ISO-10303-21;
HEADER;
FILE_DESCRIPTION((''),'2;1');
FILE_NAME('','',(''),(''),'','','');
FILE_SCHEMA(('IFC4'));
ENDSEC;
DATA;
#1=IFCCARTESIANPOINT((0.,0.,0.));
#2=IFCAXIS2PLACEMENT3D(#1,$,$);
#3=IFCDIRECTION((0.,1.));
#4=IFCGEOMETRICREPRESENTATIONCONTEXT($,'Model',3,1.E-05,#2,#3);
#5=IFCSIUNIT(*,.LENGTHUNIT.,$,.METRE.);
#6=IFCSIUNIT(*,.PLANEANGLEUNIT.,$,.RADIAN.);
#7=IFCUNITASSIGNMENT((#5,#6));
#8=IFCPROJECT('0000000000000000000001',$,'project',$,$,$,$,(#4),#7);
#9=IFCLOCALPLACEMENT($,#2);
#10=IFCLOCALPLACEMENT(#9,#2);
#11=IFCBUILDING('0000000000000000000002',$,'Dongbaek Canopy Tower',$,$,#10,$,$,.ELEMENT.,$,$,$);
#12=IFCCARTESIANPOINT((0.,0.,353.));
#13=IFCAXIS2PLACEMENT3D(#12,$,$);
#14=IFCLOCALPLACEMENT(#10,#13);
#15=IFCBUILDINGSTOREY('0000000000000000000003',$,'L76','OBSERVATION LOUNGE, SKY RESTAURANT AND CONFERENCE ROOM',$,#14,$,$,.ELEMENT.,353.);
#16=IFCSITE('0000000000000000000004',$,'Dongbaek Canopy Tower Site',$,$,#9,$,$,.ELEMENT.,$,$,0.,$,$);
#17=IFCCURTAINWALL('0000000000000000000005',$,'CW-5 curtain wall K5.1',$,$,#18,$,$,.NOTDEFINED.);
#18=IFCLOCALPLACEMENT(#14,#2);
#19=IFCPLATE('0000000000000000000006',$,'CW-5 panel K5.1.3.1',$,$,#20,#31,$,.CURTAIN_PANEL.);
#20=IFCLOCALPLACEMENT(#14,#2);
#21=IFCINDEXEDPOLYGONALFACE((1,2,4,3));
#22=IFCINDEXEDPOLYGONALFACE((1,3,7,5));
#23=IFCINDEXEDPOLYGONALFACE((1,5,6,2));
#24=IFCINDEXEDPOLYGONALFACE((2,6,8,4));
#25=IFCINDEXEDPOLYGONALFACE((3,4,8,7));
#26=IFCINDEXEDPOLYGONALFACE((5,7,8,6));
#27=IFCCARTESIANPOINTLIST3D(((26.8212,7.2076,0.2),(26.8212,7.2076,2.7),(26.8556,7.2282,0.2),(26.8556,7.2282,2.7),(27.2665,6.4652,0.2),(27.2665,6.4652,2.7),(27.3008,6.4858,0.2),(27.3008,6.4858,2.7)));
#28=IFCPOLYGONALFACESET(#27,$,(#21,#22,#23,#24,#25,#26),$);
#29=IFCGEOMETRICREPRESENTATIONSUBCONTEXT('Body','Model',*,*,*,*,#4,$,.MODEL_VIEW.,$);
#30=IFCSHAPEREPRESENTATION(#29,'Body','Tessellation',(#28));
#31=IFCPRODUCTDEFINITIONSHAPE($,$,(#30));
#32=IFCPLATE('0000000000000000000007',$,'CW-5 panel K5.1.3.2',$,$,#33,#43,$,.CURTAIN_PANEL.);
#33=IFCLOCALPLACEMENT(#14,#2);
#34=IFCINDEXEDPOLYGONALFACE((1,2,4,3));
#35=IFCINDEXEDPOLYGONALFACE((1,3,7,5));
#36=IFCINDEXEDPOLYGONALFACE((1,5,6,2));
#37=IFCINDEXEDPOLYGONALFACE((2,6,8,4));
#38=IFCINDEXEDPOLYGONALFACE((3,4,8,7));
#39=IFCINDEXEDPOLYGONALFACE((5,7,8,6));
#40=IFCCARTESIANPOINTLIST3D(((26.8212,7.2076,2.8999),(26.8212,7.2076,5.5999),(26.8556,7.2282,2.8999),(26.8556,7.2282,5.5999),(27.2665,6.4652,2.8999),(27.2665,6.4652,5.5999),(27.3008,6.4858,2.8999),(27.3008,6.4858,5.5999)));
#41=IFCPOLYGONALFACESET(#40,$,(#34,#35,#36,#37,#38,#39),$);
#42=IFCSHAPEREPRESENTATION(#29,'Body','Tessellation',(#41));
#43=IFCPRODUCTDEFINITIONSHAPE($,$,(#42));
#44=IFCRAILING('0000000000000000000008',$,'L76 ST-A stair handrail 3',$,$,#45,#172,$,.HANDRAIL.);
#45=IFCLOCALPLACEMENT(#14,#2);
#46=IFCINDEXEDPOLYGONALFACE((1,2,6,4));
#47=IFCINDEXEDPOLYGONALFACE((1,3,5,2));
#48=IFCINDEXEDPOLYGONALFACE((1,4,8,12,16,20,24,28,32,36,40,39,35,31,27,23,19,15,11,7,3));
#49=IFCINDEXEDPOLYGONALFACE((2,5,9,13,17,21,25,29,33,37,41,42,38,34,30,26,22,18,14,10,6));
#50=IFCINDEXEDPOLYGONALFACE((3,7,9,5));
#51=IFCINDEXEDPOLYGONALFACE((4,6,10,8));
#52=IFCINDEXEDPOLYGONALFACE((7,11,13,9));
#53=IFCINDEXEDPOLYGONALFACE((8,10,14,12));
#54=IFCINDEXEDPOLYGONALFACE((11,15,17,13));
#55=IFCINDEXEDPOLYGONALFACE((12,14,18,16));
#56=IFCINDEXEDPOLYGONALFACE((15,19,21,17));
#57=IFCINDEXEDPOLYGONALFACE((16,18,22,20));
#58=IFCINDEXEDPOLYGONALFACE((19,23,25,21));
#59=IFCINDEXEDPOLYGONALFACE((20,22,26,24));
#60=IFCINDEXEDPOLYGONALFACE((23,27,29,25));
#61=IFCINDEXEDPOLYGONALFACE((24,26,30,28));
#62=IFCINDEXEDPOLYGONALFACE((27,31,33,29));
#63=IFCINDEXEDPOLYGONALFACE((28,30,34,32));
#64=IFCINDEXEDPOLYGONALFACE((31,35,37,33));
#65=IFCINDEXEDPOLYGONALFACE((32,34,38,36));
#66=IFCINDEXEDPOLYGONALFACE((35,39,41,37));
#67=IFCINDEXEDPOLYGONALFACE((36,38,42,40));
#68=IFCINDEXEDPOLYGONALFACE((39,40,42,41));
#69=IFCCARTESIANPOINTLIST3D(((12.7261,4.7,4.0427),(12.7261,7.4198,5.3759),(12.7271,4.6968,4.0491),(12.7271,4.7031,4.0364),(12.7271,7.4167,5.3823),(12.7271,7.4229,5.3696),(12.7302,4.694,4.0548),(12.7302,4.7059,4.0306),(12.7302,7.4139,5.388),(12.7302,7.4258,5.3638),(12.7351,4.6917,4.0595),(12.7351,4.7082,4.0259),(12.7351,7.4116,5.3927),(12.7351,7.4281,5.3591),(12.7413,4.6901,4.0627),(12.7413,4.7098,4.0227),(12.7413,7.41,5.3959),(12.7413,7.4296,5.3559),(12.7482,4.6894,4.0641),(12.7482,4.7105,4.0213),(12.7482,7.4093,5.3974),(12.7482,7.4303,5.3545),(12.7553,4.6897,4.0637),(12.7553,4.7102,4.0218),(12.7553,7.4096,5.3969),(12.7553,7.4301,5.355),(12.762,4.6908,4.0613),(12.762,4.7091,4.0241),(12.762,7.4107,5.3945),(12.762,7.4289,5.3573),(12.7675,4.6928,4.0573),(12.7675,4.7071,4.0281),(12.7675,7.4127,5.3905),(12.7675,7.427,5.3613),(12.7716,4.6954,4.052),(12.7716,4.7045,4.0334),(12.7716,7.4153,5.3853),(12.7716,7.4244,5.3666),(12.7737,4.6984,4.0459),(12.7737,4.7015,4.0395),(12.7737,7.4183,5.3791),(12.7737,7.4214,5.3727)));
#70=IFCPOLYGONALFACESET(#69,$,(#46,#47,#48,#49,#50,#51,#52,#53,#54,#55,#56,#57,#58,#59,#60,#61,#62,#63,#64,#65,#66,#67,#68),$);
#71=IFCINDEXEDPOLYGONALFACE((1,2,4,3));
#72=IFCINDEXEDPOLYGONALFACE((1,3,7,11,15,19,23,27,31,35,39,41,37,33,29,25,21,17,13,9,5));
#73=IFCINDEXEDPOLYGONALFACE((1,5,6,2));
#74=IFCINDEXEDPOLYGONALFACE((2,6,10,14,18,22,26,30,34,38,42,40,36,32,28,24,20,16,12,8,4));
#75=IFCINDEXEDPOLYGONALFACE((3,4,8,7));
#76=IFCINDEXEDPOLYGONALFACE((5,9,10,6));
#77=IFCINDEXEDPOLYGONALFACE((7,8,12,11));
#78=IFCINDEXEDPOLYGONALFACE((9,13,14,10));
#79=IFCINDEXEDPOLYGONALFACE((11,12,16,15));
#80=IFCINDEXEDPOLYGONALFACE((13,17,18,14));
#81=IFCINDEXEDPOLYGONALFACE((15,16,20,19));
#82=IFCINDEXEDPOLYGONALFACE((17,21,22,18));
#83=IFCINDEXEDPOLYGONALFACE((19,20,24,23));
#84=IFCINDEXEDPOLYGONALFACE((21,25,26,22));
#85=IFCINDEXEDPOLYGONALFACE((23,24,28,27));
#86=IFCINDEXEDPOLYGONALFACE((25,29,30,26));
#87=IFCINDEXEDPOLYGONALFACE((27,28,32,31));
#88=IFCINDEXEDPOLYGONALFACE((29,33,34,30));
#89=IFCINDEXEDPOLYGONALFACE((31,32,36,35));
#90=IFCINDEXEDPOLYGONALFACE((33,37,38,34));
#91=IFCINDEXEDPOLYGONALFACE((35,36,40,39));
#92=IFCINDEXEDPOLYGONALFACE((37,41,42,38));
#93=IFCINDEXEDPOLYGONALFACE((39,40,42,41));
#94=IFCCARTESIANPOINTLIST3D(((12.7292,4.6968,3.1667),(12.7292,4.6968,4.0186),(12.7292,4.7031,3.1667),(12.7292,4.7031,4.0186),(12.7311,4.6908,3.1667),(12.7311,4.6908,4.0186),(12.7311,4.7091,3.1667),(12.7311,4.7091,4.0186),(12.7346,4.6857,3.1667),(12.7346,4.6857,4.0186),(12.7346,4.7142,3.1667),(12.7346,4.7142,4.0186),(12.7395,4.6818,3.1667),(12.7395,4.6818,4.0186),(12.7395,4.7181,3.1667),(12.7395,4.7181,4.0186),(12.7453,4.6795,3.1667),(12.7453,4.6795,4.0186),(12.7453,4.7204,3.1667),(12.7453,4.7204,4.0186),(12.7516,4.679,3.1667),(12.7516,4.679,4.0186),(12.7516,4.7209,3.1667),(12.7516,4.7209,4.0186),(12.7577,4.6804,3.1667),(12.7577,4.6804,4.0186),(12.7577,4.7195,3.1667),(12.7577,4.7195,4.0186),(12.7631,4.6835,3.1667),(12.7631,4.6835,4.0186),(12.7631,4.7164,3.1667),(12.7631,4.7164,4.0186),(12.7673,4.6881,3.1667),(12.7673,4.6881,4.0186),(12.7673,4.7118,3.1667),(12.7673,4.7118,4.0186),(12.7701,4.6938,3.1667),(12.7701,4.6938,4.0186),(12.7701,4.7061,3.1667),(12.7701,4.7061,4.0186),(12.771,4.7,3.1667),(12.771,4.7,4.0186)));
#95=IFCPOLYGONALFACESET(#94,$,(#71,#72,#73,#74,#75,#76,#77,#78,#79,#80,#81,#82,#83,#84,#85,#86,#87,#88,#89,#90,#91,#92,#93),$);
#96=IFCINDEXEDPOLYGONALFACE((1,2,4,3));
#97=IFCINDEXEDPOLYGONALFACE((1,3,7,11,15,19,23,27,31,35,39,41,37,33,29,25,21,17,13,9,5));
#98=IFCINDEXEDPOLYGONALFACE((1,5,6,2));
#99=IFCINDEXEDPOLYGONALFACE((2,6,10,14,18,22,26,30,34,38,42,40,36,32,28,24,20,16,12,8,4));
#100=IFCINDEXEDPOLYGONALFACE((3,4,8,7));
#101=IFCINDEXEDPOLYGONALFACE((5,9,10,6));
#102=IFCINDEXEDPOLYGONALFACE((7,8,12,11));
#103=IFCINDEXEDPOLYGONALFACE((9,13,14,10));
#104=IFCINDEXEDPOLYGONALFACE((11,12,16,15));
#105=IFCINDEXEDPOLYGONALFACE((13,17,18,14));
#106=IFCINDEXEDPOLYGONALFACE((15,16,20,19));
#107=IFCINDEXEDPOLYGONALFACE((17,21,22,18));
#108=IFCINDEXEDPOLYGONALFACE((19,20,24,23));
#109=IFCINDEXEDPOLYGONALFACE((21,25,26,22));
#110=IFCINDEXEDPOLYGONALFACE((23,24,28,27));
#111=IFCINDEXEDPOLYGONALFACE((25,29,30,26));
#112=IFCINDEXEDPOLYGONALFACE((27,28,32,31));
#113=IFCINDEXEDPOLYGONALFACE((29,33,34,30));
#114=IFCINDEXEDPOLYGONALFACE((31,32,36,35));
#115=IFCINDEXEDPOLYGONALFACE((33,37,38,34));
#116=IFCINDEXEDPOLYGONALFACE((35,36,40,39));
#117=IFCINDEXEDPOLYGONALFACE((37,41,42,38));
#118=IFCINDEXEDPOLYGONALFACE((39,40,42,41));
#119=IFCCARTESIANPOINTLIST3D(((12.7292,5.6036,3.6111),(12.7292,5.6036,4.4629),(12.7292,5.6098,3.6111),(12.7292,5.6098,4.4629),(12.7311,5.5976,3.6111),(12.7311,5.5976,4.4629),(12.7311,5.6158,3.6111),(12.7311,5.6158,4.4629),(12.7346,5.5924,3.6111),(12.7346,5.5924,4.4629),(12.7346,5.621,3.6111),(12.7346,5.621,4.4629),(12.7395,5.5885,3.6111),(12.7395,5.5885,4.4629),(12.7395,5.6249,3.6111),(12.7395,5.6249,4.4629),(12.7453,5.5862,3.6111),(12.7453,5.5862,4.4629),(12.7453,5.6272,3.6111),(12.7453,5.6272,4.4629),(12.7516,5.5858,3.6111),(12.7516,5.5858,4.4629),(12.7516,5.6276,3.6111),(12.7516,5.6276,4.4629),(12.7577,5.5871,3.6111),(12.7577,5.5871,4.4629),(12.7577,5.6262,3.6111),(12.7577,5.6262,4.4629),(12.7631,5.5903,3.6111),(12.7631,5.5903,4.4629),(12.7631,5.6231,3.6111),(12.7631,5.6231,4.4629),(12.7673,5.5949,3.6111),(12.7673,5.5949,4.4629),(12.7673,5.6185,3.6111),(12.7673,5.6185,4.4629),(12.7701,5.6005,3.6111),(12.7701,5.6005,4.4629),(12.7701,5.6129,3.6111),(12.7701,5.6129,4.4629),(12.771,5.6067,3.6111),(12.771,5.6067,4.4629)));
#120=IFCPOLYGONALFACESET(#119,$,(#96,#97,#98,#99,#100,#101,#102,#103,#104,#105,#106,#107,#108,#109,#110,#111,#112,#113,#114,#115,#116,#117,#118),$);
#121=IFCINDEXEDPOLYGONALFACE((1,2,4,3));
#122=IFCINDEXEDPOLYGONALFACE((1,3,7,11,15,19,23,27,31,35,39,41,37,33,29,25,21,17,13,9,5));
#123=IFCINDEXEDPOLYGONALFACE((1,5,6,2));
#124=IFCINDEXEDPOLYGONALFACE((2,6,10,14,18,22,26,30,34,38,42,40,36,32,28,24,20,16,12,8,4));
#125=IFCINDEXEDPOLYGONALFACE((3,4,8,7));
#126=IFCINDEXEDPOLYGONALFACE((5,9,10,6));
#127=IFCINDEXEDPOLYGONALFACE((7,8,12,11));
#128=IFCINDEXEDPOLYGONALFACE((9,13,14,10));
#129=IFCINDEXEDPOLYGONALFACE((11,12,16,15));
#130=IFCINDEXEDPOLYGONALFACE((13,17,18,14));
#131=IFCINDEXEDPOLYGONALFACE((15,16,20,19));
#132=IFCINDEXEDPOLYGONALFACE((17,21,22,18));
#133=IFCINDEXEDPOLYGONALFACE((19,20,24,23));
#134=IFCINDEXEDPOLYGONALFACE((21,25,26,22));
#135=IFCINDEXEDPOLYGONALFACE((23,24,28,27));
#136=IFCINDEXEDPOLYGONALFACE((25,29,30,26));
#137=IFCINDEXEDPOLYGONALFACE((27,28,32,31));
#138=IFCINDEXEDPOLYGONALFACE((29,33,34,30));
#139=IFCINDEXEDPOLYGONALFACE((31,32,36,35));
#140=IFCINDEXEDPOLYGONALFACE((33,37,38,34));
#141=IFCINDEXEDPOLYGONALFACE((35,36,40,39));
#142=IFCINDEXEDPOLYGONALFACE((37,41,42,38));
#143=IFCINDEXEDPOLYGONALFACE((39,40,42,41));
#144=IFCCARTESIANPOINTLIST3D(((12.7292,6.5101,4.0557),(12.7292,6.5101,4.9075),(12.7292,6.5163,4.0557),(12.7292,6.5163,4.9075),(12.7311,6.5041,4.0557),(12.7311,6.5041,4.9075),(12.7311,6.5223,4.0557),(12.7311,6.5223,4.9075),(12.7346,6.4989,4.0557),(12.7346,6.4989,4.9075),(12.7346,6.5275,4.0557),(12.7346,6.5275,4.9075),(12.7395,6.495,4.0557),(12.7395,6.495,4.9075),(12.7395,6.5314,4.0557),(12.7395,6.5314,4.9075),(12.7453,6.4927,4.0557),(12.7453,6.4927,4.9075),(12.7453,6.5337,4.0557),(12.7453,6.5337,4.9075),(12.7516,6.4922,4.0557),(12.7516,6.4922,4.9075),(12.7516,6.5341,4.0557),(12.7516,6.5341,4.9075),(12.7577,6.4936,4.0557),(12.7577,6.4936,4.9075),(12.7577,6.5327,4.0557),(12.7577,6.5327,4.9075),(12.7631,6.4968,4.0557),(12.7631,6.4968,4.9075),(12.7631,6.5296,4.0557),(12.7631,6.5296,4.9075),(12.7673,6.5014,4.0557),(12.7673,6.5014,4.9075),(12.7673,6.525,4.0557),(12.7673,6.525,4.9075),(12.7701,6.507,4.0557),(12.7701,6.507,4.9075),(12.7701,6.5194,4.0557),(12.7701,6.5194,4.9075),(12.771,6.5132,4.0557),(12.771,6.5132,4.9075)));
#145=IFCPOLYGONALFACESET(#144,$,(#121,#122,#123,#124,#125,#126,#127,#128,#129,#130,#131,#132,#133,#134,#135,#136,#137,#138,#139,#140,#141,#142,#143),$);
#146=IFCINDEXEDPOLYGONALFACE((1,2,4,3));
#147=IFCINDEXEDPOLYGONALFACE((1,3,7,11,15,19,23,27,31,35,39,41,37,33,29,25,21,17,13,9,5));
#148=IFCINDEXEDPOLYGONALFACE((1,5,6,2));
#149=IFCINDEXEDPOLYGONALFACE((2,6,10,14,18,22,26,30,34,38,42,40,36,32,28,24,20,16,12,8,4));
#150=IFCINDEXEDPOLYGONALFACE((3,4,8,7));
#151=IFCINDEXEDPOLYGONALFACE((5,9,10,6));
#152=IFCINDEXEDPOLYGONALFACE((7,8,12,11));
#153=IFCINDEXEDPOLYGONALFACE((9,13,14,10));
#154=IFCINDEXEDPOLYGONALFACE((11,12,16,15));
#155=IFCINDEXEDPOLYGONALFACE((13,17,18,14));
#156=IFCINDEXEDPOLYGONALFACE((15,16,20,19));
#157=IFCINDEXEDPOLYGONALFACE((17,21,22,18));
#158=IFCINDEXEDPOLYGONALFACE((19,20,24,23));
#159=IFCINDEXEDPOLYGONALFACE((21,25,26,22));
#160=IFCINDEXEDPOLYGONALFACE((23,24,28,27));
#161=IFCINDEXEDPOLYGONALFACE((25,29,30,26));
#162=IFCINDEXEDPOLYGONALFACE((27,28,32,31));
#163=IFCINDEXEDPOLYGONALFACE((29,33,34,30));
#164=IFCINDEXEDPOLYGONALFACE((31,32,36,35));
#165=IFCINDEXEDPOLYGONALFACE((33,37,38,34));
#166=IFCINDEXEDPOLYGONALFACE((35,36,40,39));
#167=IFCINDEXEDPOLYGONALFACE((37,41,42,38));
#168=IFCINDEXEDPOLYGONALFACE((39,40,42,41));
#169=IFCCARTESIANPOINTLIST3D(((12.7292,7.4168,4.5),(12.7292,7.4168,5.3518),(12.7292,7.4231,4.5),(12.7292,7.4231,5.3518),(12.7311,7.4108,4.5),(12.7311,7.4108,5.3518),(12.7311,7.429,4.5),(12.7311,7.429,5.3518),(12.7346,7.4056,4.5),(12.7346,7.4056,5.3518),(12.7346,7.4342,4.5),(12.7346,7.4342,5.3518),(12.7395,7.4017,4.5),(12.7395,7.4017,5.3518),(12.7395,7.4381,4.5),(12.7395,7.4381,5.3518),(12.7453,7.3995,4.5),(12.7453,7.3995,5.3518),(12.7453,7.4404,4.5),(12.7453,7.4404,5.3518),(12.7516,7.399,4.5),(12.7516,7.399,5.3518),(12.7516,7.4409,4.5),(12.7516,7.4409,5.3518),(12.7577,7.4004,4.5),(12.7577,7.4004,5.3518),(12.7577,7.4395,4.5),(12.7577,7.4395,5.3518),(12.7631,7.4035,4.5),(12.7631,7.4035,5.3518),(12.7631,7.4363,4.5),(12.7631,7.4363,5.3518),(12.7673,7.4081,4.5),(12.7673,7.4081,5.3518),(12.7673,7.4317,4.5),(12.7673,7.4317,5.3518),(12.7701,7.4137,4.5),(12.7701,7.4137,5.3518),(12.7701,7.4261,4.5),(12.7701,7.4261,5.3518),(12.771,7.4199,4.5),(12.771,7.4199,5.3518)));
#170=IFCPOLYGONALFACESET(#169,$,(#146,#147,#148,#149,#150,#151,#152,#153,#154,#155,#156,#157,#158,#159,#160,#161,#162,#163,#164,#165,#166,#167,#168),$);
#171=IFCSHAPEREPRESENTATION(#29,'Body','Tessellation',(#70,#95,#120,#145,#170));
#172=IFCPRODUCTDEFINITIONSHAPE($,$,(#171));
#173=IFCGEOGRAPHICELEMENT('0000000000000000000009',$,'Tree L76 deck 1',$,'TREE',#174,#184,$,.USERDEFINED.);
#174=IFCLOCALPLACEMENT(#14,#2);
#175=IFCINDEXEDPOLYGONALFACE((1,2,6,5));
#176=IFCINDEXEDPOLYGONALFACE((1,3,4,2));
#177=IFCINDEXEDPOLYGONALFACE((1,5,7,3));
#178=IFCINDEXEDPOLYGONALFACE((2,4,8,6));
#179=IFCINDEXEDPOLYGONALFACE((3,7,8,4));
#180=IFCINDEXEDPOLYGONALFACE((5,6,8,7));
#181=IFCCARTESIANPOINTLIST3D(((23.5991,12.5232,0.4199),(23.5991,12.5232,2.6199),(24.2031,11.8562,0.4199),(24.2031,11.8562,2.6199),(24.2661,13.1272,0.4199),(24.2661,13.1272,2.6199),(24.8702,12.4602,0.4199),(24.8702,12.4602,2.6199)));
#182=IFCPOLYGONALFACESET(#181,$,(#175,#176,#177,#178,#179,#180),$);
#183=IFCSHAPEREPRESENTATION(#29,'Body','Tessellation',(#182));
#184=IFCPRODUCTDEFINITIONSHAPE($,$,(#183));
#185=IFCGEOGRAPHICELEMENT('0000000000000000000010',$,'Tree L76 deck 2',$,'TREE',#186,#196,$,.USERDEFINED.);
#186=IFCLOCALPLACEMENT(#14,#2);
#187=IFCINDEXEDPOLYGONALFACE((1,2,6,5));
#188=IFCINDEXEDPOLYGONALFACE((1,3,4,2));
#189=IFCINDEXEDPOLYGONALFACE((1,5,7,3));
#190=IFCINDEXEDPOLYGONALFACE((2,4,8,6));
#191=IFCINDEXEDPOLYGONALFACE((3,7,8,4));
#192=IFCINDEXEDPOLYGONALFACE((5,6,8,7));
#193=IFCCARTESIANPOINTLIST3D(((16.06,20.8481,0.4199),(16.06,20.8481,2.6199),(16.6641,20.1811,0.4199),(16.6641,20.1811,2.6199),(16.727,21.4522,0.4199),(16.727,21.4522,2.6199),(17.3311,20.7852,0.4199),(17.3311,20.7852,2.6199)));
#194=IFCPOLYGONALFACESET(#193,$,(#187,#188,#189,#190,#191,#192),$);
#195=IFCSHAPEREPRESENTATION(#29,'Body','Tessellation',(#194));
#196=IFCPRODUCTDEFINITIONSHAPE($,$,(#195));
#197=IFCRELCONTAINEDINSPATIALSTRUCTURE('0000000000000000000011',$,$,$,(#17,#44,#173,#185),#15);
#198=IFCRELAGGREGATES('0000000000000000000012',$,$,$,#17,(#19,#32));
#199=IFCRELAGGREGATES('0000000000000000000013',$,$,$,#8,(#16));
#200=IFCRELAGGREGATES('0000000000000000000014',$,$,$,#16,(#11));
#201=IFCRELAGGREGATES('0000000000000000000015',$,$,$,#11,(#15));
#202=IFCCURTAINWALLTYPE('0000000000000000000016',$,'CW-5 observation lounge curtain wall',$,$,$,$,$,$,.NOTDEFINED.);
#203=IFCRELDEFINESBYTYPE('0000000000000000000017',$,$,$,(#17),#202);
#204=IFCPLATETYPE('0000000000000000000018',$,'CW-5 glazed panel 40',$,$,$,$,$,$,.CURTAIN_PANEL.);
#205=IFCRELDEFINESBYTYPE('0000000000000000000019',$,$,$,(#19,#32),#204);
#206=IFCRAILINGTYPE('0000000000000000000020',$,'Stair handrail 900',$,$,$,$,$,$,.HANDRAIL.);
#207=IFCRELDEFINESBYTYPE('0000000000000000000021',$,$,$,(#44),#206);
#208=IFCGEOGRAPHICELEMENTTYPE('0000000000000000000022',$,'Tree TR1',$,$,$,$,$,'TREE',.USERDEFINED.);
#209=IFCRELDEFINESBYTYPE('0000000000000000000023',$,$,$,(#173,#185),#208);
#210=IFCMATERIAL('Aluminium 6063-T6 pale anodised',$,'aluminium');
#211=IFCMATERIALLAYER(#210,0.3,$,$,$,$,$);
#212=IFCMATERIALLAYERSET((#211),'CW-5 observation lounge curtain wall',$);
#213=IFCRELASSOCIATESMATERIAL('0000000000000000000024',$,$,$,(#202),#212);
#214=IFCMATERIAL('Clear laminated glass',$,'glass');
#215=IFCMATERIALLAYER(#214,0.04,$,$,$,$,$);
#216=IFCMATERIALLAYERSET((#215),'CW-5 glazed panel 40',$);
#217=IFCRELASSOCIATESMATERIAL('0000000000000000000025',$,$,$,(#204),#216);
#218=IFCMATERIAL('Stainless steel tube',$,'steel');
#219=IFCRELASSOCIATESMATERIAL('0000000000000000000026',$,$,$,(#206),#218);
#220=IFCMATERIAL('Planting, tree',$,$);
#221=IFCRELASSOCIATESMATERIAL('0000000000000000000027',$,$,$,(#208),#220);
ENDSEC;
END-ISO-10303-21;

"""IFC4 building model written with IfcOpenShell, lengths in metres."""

from ifc_helpers import new_model, si_unit, direction, frame, origin, origin_2d, place, context, subcontext, project, spatial, rectangle, circle, extrude, material, layer, layer_set, type_object, element, aggregate, save


model = new_model("IFC4")

# Units and contexts
model_context = context("Model", 3, precision=1e-05, world=origin(), true_north=direction((0.0, 1.0)))
body_context = subcontext(model_context, "Body", "Model", "MODEL_VIEW")
ifc_project = project(units=[si_unit("LENGTHUNIT", "METRE"), si_unit("PLANEANGLEUNIT", "RADIAN")], contexts=[model_context])

# Site, building, storey
site_placement = place(None, origin())
site = spatial("IfcSite", under=ifc_project, at=site_placement, Name="Dongbaek Canopy Tower Site", CompositionType="ELEMENT", RefElevation=0.0)
building_placement = place(site_placement, origin())
building = spatial("IfcBuilding", under=site, at=building_placement, Name="Dongbaek Canopy Tower", CompositionType="ELEMENT")
storey_placement = place(building_placement, frame((0.0, 0.0, 353.0)))
storey = spatial("IfcBuildingStorey", under=building, at=storey_placement, Name="L76", Description="OBSERVATION LOUNGE, SKY RESTAURANT AND CONFERENCE ROOM", CompositionType="ELEMENT", Elevation=353.0)

# Curtain wall
ifc_material_1 = material(Name="Aluminium 6063-T6 pale anodised", Category="aluminium")
ifc_layer_1 = layer(ifc_material_1, 0.3)
ifc_layer_set_1 = layer_set([ifc_layer_1], Name="CW-5 observation lounge curtain wall")
curtain_wall_type = type_object("IfcCurtainWallType", Name="CW-5 observation lounge curtain wall", PredefinedType="NOTDEFINED", material=ifc_layer_set_1)
curtain_wall_1_placement = place(storey_placement, origin())
curtain_wall_1 = element("IfcCurtainWall", 1, at=curtain_wall_1_placement, inside=storey, type_object=curtain_wall_type, Name="CW-5 curtain wall K5.1", PredefinedType="NOTDEFINED")

# Shared definitions
ifc_material_2 = material(Name="Clear laminated glass", Category="glass")
ifc_layer_2 = layer(ifc_material_2, 0.04)
ifc_layer_set_2 = layer_set([ifc_layer_2], Name="CW-5 glazed panel 40")
plate_type = type_object("IfcPlateType", Name="CW-5 glazed panel 40", PredefinedType="CURTAIN_PANEL", material=ifc_layer_set_2)

# Plates
plate_1_placement = place(storey_placement, frame((27.061, 6.8467, 0.2), z_axis=(0.0, 0.0, 1.0), x_axis=(-0.514357, 0.857576, 0.0)))
plate_1 = element("IfcPlate", 2, at=plate_1_placement, type_object=plate_type, Name="CW-5 panel K5.1.3.1", PredefinedType="CURTAIN_PANEL", context=body_context, shape_type="SweptSolid", body=[
    extrude(rectangle(XDim=0.8657, YDim=0.04, at=origin_2d()), origin(), (0.0, 0.0, 1.0), 2.5),
])
plate_2_placement = place(storey_placement, frame((27.061, 6.8467, 2.8999), z_axis=(0.0, 0.0, 1.0), x_axis=(-0.514357, 0.857576, 0.0)))
plate_2 = element("IfcPlate", 3, at=plate_2_placement, type_object=plate_type, Name="CW-5 panel K5.1.3.2", PredefinedType="CURTAIN_PANEL", context=body_context, shape_type="SweptSolid", body=[
    extrude(rectangle(XDim=0.8657, YDim=0.04, at=origin_2d()), origin(), (0.0, 0.0, 1.0), 2.7),
])
aggregate(curtain_wall_1, [plate_1, plate_2])

# Railing
ifc_material_3 = material(Name="Stainless steel tube", Category="steel")
railing_type = type_object("IfcRailingType", Name="Stair handrail 900", PredefinedType="HANDRAIL", material=ifc_material_3)
railing_placement = place(storey_placement, frame((12.75, 4.7, 3.1667)))
element("IfcRailing", 4, at=railing_placement, inside=storey, type_object=railing_type, Name="L76 ST-A stair handrail 3", PredefinedType="HANDRAIL", context=body_context, shape_type="SweptSolid", body=[
    extrude(circle(Radius=0.0239, at=origin_2d()), frame((0.0, 0.0, 0.876), z_axis=(0.0, 0.897929, 0.440139), x_axis=(-1.0, 0.0, 0.0)), (0.0, 0.0, 1.0), 3.0291),
    extrude(circle(Radius=0.021, at=origin_2d()), origin(), (0.0, 0.0, 1.0), 0.8518),
    extrude(circle(Radius=0.021, at=origin_2d()), frame((0.0, 0.9067, 0.4443)), (0.0, 0.0, 1.0), 0.8518),
    extrude(circle(Radius=0.021, at=origin_2d()), frame((0.0, 1.8132, 0.8889)), (0.0, 0.0, 1.0), 0.8518),
    extrude(circle(Radius=0.021, at=origin_2d()), frame((0.0, 2.72, 1.3333)), (0.0, 0.0, 1.0), 0.8518),
])

# Geographic elements
ifc_material_4 = material(Name="Planting, tree")
geographic_element_type = type_object("IfcGeographicElementType", Name="Tree TR1", ElementType="TREE", PredefinedType="USERDEFINED", material=ifc_material_4)
for number, where, z_axis, x_axis, name in (
    (5, (24.2346, 12.4917, 0.4199), (0.0, 0.0, 1.0), (-0.67126, 0.741222, 0.0), "Tree L76 deck 1"),
    (6, (16.6956, 20.8167, 0.4199), (0.0, 0.0, 1.0), (-0.67126, 0.741222, 0.0), "Tree L76 deck 2"),
):
    element("IfcGeographicElement", number, at=place(storey_placement, frame(where, z_axis=z_axis, x_axis=x_axis)), inside=storey, type_object=geographic_element_type, Name=name, ObjectType="TREE", PredefinedType="USERDEFINED", context=body_context, shape_type="SweptSolid", body=[
        extrude(rectangle(XDim=0.8999, YDim=0.8999, at=origin_2d()), origin(), (0.0, 0.0, 1.0), 2.2),
    ])

save(model, "model.ifc")
